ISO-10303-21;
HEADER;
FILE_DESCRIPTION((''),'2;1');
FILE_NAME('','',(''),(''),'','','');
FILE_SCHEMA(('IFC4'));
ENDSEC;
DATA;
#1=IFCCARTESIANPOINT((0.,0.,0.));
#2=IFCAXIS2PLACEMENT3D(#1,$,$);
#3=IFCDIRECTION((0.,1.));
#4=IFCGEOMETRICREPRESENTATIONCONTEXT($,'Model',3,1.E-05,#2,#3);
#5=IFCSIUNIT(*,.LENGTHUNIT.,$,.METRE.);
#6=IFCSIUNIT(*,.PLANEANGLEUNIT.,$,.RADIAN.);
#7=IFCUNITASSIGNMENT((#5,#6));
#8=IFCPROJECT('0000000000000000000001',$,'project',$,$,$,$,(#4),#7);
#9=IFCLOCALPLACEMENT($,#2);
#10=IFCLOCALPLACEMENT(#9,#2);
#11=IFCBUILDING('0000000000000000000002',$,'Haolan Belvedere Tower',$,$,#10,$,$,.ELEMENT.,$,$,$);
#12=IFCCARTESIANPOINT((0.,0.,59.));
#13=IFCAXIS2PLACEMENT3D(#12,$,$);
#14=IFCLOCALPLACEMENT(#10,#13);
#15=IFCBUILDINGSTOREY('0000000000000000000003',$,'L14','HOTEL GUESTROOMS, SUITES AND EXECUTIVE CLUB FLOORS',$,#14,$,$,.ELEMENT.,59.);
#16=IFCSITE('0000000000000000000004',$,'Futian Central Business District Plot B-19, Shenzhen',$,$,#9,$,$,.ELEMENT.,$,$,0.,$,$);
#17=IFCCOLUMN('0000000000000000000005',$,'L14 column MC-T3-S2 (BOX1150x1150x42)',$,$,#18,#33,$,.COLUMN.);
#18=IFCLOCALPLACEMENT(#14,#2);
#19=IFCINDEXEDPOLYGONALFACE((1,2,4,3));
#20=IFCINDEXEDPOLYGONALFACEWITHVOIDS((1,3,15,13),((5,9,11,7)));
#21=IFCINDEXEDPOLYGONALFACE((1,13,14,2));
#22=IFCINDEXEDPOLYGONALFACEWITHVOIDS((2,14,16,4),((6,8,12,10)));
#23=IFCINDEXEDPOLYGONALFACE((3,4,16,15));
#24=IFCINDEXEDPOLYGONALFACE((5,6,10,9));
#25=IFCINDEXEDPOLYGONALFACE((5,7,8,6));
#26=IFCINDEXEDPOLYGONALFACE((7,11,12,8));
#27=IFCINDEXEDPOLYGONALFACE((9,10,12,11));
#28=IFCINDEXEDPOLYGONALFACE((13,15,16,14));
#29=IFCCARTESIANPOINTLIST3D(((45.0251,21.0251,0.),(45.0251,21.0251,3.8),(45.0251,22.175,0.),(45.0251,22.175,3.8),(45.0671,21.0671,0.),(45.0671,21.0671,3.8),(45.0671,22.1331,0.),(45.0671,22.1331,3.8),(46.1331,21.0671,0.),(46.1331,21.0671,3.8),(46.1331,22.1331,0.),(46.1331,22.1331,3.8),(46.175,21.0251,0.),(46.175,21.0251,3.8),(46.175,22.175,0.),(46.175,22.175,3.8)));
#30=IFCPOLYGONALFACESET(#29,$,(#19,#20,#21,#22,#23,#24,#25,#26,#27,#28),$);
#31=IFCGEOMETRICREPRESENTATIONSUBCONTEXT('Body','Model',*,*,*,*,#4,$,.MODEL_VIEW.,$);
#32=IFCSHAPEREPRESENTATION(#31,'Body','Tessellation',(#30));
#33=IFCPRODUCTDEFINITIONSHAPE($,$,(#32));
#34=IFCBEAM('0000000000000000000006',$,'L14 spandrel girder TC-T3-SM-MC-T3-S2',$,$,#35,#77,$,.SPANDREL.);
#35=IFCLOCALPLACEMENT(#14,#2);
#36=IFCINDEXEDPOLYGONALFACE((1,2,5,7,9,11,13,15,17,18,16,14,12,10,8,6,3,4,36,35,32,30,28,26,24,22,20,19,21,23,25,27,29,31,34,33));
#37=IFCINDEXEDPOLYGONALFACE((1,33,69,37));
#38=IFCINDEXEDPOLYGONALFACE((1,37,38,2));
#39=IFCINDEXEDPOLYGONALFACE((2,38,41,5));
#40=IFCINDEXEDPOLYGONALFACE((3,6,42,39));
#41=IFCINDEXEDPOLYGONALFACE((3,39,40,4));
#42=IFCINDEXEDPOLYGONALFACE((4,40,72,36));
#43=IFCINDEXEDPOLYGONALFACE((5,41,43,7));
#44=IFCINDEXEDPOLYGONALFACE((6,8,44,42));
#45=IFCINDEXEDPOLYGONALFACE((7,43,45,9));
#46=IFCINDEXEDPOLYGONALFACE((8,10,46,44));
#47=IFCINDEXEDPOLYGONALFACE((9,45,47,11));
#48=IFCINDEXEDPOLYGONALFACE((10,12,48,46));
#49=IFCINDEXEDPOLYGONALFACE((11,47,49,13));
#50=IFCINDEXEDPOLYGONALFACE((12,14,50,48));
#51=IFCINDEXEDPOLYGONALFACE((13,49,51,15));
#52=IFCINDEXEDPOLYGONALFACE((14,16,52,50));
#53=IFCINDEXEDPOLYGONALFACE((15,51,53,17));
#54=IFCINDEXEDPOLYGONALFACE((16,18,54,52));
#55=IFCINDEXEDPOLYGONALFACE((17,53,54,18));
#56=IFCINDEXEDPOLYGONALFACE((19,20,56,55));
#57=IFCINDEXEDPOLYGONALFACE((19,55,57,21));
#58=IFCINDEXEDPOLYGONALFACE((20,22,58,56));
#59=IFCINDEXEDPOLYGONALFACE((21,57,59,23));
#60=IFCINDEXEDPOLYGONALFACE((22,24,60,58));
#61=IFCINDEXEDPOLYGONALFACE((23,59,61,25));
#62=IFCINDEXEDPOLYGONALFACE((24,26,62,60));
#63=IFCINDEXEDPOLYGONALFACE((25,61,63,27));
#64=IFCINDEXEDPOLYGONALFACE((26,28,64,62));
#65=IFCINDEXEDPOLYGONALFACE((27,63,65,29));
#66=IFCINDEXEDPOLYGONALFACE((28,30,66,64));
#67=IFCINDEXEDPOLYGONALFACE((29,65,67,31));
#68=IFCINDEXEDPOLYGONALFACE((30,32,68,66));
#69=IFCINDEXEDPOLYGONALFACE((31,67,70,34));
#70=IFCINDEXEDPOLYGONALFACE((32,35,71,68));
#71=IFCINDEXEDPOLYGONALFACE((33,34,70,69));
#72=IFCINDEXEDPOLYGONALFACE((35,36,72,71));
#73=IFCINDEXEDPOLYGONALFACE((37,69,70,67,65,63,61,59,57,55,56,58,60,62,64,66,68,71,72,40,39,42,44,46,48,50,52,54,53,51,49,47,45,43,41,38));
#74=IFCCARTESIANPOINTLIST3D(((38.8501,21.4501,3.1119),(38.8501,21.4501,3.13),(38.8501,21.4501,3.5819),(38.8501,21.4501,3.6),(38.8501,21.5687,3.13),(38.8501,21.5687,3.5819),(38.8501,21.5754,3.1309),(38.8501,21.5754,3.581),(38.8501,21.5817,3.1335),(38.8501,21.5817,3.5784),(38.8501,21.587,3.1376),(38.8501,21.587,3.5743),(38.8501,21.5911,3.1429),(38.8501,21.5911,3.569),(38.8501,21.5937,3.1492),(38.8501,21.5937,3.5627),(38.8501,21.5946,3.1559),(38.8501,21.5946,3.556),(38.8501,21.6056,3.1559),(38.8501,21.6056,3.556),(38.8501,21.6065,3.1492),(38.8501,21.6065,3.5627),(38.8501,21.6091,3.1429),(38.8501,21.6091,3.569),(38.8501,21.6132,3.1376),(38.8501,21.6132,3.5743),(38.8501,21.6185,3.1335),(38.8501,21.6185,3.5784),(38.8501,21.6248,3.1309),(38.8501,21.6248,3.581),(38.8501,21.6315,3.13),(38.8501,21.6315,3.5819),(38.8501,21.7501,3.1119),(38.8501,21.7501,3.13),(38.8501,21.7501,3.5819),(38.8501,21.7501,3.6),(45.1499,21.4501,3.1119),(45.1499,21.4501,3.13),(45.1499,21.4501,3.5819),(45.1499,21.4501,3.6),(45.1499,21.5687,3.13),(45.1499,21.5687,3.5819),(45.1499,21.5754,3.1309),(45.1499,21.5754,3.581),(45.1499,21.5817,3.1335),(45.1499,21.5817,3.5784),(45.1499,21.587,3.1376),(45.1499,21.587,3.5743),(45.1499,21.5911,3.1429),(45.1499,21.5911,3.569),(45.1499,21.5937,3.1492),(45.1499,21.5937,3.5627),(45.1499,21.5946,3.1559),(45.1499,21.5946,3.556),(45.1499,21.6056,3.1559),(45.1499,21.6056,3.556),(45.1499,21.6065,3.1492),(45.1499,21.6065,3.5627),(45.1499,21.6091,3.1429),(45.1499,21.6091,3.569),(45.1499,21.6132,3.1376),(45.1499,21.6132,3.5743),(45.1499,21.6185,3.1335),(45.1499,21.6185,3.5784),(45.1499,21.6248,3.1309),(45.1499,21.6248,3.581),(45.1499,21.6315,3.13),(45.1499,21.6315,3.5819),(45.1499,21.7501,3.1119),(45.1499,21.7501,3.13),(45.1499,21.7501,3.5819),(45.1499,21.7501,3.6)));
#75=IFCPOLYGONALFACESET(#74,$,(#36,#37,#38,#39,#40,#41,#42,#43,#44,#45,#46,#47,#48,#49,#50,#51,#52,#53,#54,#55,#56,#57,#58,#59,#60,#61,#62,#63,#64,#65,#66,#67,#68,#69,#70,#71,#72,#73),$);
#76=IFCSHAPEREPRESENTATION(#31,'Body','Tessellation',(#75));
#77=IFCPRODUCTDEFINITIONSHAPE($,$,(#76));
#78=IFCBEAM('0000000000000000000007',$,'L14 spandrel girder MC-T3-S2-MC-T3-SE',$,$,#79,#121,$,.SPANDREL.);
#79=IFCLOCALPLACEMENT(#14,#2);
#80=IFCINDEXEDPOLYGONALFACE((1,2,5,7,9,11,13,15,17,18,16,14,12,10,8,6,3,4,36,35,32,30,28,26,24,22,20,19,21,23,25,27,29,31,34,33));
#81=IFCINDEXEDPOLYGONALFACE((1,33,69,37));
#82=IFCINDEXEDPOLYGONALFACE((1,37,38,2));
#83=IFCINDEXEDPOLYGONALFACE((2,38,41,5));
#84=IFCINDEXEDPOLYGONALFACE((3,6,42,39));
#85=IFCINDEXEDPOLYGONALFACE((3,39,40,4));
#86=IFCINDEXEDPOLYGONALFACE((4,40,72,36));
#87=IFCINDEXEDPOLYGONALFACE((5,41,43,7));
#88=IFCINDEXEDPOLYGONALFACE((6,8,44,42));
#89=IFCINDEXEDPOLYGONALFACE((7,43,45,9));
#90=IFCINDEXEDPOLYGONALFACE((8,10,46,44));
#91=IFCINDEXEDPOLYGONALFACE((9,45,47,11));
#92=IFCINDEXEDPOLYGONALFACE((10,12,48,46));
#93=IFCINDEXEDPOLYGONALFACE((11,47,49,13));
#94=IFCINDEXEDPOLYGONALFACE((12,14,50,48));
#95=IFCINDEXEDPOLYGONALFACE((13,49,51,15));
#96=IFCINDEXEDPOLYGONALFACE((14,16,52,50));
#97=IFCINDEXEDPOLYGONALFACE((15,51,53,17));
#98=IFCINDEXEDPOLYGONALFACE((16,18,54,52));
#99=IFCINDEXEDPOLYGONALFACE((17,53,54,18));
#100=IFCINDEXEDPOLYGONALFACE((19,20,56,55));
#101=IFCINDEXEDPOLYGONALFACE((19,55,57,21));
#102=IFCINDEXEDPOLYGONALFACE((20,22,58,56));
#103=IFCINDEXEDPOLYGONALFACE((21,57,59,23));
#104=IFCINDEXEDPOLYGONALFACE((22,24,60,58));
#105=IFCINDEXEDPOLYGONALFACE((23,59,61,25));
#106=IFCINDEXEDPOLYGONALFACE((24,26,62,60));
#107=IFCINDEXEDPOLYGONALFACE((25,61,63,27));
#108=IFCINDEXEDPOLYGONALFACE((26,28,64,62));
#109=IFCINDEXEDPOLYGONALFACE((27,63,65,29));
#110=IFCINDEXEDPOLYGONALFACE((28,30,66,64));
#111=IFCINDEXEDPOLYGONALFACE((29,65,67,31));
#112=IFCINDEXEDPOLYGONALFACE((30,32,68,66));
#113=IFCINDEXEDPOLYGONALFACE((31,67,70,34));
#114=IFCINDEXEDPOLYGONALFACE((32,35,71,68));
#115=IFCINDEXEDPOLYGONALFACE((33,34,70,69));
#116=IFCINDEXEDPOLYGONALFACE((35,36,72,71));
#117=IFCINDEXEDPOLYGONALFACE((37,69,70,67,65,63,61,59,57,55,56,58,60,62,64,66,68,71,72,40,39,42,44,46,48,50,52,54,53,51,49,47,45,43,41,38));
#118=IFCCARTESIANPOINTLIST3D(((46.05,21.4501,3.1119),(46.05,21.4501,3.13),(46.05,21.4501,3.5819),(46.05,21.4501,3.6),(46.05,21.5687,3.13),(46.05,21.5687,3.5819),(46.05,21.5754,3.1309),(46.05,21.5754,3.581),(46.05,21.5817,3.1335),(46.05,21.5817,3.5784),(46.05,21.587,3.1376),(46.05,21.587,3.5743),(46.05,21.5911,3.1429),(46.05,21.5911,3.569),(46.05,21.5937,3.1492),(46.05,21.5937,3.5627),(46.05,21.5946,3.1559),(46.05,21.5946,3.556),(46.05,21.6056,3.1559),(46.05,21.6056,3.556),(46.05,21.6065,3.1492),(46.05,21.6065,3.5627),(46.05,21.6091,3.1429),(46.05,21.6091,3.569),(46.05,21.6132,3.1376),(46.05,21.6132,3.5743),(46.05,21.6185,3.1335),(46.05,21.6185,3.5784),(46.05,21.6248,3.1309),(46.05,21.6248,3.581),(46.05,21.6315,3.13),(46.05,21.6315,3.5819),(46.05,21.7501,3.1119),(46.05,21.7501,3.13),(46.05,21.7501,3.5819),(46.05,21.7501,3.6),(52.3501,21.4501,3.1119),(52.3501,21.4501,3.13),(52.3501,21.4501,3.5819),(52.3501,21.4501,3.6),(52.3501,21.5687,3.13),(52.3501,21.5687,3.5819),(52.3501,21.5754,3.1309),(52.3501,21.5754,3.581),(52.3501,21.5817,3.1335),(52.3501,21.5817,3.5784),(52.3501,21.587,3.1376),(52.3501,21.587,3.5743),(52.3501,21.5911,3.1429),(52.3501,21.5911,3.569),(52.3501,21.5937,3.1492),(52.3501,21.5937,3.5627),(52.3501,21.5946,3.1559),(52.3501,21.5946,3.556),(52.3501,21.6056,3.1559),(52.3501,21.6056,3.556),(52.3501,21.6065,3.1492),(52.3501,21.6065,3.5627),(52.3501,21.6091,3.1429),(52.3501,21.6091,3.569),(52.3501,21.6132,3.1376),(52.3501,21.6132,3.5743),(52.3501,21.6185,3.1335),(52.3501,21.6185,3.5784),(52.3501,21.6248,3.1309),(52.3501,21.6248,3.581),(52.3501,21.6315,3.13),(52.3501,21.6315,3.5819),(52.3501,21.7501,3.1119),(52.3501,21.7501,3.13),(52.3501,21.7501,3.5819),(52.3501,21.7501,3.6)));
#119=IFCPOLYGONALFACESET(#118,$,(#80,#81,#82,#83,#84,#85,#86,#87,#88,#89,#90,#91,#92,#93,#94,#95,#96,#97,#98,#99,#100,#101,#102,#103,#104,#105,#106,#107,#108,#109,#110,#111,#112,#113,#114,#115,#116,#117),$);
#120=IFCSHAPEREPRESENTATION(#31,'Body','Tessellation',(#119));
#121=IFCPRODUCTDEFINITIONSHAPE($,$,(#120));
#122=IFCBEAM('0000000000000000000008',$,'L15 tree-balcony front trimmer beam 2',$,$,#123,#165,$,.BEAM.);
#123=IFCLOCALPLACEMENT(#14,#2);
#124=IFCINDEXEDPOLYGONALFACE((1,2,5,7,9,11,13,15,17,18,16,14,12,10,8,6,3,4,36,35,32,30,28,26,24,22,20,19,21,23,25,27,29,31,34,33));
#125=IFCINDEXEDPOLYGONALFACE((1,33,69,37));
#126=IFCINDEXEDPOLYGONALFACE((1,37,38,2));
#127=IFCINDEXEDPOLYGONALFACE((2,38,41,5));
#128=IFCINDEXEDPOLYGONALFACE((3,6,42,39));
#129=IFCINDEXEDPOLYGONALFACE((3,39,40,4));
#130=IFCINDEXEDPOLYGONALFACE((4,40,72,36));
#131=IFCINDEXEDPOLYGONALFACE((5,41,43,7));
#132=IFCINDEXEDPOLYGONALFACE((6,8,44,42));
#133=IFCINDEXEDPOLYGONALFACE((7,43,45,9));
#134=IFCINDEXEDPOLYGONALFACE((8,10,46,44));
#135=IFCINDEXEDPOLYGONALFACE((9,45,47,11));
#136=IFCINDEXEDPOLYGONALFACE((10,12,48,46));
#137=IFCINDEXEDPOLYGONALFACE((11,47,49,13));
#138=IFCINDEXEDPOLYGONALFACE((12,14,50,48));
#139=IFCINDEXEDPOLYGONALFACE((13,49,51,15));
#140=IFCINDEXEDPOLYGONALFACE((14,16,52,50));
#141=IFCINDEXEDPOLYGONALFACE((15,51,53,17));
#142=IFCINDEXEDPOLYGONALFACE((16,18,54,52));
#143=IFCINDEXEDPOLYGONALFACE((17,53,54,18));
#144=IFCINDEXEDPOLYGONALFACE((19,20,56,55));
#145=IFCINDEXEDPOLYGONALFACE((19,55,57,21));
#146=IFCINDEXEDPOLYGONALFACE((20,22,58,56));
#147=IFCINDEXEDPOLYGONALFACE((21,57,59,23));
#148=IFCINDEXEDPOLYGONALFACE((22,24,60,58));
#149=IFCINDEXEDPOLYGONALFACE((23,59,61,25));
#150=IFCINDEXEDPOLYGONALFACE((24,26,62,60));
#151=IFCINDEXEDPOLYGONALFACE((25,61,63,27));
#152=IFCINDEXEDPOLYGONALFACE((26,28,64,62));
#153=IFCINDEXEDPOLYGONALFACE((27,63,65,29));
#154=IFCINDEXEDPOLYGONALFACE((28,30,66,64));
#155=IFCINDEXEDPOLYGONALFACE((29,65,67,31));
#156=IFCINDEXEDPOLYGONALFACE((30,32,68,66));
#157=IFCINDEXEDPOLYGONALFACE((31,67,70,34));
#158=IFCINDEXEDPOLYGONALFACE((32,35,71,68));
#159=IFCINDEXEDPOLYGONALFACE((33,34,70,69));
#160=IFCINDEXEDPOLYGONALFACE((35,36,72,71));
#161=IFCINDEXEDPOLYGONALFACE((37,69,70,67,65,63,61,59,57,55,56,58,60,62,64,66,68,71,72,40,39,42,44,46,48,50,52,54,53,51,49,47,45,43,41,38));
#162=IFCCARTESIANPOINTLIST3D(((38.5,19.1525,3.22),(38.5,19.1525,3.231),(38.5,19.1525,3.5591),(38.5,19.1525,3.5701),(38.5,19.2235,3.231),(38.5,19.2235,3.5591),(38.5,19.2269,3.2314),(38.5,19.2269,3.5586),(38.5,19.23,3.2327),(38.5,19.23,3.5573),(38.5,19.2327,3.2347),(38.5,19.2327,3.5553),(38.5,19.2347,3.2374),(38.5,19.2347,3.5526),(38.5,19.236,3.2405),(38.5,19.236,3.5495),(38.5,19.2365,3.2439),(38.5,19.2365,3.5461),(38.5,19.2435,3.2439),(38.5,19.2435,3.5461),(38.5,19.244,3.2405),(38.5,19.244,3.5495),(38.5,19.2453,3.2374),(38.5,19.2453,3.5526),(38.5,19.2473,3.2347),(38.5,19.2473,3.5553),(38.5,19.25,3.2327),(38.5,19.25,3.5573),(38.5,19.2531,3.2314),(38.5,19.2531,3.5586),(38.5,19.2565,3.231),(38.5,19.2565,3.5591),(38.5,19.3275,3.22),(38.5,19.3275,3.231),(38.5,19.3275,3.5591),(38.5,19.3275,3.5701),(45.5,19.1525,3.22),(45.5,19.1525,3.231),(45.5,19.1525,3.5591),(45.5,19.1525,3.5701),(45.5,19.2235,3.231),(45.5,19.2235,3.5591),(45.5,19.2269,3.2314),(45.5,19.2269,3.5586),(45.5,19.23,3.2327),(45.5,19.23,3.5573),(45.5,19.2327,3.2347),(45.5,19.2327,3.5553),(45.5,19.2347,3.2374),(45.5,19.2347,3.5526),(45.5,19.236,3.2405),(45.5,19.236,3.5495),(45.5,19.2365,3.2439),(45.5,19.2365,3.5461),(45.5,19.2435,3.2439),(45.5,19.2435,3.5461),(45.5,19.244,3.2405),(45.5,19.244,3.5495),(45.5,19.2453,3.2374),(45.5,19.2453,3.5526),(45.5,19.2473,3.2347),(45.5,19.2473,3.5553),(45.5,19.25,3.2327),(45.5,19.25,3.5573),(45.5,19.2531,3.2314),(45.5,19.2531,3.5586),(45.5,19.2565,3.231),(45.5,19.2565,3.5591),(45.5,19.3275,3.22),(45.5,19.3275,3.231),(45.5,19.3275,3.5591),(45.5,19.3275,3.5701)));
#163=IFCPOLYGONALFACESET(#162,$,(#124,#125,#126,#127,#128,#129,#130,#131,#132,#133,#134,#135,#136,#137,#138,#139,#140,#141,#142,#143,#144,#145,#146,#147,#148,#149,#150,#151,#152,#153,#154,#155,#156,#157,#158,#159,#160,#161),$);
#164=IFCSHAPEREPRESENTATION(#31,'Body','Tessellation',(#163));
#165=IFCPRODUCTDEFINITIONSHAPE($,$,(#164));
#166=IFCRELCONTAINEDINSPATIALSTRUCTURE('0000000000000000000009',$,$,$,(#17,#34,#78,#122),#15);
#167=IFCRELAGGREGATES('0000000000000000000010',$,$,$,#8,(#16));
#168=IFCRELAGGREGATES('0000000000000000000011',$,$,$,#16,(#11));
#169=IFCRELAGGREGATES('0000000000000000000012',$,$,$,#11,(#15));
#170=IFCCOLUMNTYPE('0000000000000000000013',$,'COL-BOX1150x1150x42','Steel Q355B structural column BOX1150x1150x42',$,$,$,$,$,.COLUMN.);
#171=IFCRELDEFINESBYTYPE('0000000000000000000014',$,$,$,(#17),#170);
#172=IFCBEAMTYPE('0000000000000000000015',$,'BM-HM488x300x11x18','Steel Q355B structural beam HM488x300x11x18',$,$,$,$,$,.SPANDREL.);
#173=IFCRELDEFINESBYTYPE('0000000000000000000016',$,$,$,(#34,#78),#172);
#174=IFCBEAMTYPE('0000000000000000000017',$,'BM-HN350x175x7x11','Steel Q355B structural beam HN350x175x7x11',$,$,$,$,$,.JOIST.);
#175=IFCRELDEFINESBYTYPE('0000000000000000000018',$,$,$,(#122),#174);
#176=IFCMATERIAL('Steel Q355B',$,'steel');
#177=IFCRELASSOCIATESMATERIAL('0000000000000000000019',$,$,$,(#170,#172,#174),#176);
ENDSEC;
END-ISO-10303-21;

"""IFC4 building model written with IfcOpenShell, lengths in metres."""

from ifc_helpers import new_model, si_unit, direction, frame, origin, origin_2d, place, context, subcontext, project, spatial, hollow_rectangle, i_section, extrude, material, material_profile, profile_set, type_object, element, save


model = new_model("IFC4")

# Units and contexts
model_context = context("Model", 3, precision=1e-05, world=origin(), true_north=direction((0.0, 1.0)))
body_context = subcontext(model_context, "Body", "Model", "MODEL_VIEW")
ifc_project = project(units=[si_unit("LENGTHUNIT", "METRE"), si_unit("PLANEANGLEUNIT", "RADIAN")], contexts=[model_context])

# Site, building, storey
site_placement = place(None, origin())
site = spatial("IfcSite", under=ifc_project, at=site_placement, Name="Futian Central Business District Plot B-19, Shenzhen", CompositionType="ELEMENT", RefElevation=0.0)
building_placement = place(site_placement, origin())
building = spatial("IfcBuilding", under=site, at=building_placement, Name="Haolan Belvedere Tower", CompositionType="ELEMENT")
storey_placement = place(building_placement, frame((0.0, 0.0, 59.0)))
storey = spatial("IfcBuildingStorey", under=building, at=storey_placement, Name="L14", Description="HOTEL GUESTROOMS, SUITES AND EXECUTIVE CLUB FLOORS", CompositionType="ELEMENT", Elevation=59.0)

# Column
ifc_material_1 = material(Name="Steel Q355B", Category="steel")
ifc_material_profile_1 = material_profile(ifc_material_1, hollow_rectangle(XDim=1.1499, YDim=1.1499, WallThickness=0.042, at=origin_2d()), Name="Steel Q355B")
ifc_profile_set_1 = profile_set([ifc_material_profile_1], Name="Steel Q355B")
column_type = type_object("IfcColumnType", Name="COL-BOX1150x1150x42", Description="Steel Q355B structural column BOX1150x1150x42", PredefinedType="COLUMN", material=ifc_profile_set_1)
column_placement = place(storey_placement, frame((45.6001, 21.6001, 0.0), z_axis=(0.0, 0.0, 1.0), x_axis=(1.0, 0.0, 0.0)))
element("IfcColumn", 1, at=column_placement, inside=storey, type_object=column_type, Name="L14 column MC-T3-S2 (BOX1150x1150x42)", PredefinedType="COLUMN", context=body_context, shape_type="SweptSolid", body=[
    extrude(hollow_rectangle(XDim=1.1499, YDim=1.1499, WallThickness=0.042, at=origin_2d()), origin(), (0.0, 0.0, 1.0), 3.8),
])

# Beams
ifc_material_profile_2 = material_profile(ifc_material_1, i_section(OverallWidth=0.3, OverallDepth=0.488, WebThickness=0.011, FlangeThickness=0.0181, FilletRadius=0.0259, at=origin_2d()), Name="Steel Q355B")
ifc_profile_set_2 = profile_set([ifc_material_profile_2], Name="Steel Q355B")
beam_type_1 = type_object("IfcBeamType", Name="BM-HM488x300x11x18", Description="Steel Q355B structural beam HM488x300x11x18", PredefinedType="SPANDREL", material=ifc_profile_set_2)
beam_1_placement = place(storey_placement, frame((38.8501, 21.6001, 3.356), z_axis=(1.0, 0.0, 0.0), x_axis=(0.0, 1.0, 0.0)))
element("IfcBeam", 2, at=beam_1_placement, inside=storey, type_object=beam_type_1, Name="L14 spandrel girder TC-T3-SM-MC-T3-S2", PredefinedType="SPANDREL", context=body_context, shape_type="SweptSolid", body=[
    extrude(i_section(OverallWidth=0.3, OverallDepth=0.488, WebThickness=0.011, FlangeThickness=0.0181, FilletRadius=0.0259, at=origin_2d()), origin(), (0.0, 0.0, 1.0), 6.2998),
])
beam_2_placement = place(storey_placement, frame((46.05, 21.6001, 3.356), z_axis=(1.0, 0.0, 0.0), x_axis=(0.0, 1.0, 0.0)))
element("IfcBeam", 3, at=beam_2_placement, inside=storey, type_object=beam_type_1, Name="L14 spandrel girder MC-T3-S2-MC-T3-SE", PredefinedType="SPANDREL", context=body_context, shape_type="SweptSolid", body=[
    extrude(i_section(OverallWidth=0.3, OverallDepth=0.488, WebThickness=0.011, FlangeThickness=0.0181, FilletRadius=0.0259, at=origin_2d()), origin(), (0.0, 0.0, 1.0), 6.3),
])
ifc_material_profile_3 = material_profile(ifc_material_1, i_section(OverallWidth=0.175, OverallDepth=0.3501, WebThickness=0.0071, FlangeThickness=0.011, FilletRadius=0.0129, at=origin_2d()), Name="Steel Q355B")
ifc_profile_set_3 = profile_set([ifc_material_profile_3], Name="Steel Q355B")
beam_type_2 = type_object("IfcBeamType", Name="BM-HN350x175x7x11", Description="Steel Q355B structural beam HN350x175x7x11", PredefinedType="JOIST", material=ifc_profile_set_3)
beam_3_placement = place(storey_placement, frame((38.5, 19.24, 3.395), z_axis=(1.0, 0.0, 0.0), x_axis=(0.0, 1.0, 0.0)))
element("IfcBeam", 4, at=beam_3_placement, inside=storey, type_object=beam_type_2, Name="L15 tree-balcony front trimmer beam 2", PredefinedType="BEAM", context=body_context, shape_type="SweptSolid", body=[
    extrude(i_section(OverallWidth=0.175, OverallDepth=0.3501, WebThickness=0.0071, FlangeThickness=0.011, FilletRadius=0.0129, at=origin_2d()), origin(), (0.0, 0.0, 1.0), 7.0),
])

save(model, "model.ifc")
